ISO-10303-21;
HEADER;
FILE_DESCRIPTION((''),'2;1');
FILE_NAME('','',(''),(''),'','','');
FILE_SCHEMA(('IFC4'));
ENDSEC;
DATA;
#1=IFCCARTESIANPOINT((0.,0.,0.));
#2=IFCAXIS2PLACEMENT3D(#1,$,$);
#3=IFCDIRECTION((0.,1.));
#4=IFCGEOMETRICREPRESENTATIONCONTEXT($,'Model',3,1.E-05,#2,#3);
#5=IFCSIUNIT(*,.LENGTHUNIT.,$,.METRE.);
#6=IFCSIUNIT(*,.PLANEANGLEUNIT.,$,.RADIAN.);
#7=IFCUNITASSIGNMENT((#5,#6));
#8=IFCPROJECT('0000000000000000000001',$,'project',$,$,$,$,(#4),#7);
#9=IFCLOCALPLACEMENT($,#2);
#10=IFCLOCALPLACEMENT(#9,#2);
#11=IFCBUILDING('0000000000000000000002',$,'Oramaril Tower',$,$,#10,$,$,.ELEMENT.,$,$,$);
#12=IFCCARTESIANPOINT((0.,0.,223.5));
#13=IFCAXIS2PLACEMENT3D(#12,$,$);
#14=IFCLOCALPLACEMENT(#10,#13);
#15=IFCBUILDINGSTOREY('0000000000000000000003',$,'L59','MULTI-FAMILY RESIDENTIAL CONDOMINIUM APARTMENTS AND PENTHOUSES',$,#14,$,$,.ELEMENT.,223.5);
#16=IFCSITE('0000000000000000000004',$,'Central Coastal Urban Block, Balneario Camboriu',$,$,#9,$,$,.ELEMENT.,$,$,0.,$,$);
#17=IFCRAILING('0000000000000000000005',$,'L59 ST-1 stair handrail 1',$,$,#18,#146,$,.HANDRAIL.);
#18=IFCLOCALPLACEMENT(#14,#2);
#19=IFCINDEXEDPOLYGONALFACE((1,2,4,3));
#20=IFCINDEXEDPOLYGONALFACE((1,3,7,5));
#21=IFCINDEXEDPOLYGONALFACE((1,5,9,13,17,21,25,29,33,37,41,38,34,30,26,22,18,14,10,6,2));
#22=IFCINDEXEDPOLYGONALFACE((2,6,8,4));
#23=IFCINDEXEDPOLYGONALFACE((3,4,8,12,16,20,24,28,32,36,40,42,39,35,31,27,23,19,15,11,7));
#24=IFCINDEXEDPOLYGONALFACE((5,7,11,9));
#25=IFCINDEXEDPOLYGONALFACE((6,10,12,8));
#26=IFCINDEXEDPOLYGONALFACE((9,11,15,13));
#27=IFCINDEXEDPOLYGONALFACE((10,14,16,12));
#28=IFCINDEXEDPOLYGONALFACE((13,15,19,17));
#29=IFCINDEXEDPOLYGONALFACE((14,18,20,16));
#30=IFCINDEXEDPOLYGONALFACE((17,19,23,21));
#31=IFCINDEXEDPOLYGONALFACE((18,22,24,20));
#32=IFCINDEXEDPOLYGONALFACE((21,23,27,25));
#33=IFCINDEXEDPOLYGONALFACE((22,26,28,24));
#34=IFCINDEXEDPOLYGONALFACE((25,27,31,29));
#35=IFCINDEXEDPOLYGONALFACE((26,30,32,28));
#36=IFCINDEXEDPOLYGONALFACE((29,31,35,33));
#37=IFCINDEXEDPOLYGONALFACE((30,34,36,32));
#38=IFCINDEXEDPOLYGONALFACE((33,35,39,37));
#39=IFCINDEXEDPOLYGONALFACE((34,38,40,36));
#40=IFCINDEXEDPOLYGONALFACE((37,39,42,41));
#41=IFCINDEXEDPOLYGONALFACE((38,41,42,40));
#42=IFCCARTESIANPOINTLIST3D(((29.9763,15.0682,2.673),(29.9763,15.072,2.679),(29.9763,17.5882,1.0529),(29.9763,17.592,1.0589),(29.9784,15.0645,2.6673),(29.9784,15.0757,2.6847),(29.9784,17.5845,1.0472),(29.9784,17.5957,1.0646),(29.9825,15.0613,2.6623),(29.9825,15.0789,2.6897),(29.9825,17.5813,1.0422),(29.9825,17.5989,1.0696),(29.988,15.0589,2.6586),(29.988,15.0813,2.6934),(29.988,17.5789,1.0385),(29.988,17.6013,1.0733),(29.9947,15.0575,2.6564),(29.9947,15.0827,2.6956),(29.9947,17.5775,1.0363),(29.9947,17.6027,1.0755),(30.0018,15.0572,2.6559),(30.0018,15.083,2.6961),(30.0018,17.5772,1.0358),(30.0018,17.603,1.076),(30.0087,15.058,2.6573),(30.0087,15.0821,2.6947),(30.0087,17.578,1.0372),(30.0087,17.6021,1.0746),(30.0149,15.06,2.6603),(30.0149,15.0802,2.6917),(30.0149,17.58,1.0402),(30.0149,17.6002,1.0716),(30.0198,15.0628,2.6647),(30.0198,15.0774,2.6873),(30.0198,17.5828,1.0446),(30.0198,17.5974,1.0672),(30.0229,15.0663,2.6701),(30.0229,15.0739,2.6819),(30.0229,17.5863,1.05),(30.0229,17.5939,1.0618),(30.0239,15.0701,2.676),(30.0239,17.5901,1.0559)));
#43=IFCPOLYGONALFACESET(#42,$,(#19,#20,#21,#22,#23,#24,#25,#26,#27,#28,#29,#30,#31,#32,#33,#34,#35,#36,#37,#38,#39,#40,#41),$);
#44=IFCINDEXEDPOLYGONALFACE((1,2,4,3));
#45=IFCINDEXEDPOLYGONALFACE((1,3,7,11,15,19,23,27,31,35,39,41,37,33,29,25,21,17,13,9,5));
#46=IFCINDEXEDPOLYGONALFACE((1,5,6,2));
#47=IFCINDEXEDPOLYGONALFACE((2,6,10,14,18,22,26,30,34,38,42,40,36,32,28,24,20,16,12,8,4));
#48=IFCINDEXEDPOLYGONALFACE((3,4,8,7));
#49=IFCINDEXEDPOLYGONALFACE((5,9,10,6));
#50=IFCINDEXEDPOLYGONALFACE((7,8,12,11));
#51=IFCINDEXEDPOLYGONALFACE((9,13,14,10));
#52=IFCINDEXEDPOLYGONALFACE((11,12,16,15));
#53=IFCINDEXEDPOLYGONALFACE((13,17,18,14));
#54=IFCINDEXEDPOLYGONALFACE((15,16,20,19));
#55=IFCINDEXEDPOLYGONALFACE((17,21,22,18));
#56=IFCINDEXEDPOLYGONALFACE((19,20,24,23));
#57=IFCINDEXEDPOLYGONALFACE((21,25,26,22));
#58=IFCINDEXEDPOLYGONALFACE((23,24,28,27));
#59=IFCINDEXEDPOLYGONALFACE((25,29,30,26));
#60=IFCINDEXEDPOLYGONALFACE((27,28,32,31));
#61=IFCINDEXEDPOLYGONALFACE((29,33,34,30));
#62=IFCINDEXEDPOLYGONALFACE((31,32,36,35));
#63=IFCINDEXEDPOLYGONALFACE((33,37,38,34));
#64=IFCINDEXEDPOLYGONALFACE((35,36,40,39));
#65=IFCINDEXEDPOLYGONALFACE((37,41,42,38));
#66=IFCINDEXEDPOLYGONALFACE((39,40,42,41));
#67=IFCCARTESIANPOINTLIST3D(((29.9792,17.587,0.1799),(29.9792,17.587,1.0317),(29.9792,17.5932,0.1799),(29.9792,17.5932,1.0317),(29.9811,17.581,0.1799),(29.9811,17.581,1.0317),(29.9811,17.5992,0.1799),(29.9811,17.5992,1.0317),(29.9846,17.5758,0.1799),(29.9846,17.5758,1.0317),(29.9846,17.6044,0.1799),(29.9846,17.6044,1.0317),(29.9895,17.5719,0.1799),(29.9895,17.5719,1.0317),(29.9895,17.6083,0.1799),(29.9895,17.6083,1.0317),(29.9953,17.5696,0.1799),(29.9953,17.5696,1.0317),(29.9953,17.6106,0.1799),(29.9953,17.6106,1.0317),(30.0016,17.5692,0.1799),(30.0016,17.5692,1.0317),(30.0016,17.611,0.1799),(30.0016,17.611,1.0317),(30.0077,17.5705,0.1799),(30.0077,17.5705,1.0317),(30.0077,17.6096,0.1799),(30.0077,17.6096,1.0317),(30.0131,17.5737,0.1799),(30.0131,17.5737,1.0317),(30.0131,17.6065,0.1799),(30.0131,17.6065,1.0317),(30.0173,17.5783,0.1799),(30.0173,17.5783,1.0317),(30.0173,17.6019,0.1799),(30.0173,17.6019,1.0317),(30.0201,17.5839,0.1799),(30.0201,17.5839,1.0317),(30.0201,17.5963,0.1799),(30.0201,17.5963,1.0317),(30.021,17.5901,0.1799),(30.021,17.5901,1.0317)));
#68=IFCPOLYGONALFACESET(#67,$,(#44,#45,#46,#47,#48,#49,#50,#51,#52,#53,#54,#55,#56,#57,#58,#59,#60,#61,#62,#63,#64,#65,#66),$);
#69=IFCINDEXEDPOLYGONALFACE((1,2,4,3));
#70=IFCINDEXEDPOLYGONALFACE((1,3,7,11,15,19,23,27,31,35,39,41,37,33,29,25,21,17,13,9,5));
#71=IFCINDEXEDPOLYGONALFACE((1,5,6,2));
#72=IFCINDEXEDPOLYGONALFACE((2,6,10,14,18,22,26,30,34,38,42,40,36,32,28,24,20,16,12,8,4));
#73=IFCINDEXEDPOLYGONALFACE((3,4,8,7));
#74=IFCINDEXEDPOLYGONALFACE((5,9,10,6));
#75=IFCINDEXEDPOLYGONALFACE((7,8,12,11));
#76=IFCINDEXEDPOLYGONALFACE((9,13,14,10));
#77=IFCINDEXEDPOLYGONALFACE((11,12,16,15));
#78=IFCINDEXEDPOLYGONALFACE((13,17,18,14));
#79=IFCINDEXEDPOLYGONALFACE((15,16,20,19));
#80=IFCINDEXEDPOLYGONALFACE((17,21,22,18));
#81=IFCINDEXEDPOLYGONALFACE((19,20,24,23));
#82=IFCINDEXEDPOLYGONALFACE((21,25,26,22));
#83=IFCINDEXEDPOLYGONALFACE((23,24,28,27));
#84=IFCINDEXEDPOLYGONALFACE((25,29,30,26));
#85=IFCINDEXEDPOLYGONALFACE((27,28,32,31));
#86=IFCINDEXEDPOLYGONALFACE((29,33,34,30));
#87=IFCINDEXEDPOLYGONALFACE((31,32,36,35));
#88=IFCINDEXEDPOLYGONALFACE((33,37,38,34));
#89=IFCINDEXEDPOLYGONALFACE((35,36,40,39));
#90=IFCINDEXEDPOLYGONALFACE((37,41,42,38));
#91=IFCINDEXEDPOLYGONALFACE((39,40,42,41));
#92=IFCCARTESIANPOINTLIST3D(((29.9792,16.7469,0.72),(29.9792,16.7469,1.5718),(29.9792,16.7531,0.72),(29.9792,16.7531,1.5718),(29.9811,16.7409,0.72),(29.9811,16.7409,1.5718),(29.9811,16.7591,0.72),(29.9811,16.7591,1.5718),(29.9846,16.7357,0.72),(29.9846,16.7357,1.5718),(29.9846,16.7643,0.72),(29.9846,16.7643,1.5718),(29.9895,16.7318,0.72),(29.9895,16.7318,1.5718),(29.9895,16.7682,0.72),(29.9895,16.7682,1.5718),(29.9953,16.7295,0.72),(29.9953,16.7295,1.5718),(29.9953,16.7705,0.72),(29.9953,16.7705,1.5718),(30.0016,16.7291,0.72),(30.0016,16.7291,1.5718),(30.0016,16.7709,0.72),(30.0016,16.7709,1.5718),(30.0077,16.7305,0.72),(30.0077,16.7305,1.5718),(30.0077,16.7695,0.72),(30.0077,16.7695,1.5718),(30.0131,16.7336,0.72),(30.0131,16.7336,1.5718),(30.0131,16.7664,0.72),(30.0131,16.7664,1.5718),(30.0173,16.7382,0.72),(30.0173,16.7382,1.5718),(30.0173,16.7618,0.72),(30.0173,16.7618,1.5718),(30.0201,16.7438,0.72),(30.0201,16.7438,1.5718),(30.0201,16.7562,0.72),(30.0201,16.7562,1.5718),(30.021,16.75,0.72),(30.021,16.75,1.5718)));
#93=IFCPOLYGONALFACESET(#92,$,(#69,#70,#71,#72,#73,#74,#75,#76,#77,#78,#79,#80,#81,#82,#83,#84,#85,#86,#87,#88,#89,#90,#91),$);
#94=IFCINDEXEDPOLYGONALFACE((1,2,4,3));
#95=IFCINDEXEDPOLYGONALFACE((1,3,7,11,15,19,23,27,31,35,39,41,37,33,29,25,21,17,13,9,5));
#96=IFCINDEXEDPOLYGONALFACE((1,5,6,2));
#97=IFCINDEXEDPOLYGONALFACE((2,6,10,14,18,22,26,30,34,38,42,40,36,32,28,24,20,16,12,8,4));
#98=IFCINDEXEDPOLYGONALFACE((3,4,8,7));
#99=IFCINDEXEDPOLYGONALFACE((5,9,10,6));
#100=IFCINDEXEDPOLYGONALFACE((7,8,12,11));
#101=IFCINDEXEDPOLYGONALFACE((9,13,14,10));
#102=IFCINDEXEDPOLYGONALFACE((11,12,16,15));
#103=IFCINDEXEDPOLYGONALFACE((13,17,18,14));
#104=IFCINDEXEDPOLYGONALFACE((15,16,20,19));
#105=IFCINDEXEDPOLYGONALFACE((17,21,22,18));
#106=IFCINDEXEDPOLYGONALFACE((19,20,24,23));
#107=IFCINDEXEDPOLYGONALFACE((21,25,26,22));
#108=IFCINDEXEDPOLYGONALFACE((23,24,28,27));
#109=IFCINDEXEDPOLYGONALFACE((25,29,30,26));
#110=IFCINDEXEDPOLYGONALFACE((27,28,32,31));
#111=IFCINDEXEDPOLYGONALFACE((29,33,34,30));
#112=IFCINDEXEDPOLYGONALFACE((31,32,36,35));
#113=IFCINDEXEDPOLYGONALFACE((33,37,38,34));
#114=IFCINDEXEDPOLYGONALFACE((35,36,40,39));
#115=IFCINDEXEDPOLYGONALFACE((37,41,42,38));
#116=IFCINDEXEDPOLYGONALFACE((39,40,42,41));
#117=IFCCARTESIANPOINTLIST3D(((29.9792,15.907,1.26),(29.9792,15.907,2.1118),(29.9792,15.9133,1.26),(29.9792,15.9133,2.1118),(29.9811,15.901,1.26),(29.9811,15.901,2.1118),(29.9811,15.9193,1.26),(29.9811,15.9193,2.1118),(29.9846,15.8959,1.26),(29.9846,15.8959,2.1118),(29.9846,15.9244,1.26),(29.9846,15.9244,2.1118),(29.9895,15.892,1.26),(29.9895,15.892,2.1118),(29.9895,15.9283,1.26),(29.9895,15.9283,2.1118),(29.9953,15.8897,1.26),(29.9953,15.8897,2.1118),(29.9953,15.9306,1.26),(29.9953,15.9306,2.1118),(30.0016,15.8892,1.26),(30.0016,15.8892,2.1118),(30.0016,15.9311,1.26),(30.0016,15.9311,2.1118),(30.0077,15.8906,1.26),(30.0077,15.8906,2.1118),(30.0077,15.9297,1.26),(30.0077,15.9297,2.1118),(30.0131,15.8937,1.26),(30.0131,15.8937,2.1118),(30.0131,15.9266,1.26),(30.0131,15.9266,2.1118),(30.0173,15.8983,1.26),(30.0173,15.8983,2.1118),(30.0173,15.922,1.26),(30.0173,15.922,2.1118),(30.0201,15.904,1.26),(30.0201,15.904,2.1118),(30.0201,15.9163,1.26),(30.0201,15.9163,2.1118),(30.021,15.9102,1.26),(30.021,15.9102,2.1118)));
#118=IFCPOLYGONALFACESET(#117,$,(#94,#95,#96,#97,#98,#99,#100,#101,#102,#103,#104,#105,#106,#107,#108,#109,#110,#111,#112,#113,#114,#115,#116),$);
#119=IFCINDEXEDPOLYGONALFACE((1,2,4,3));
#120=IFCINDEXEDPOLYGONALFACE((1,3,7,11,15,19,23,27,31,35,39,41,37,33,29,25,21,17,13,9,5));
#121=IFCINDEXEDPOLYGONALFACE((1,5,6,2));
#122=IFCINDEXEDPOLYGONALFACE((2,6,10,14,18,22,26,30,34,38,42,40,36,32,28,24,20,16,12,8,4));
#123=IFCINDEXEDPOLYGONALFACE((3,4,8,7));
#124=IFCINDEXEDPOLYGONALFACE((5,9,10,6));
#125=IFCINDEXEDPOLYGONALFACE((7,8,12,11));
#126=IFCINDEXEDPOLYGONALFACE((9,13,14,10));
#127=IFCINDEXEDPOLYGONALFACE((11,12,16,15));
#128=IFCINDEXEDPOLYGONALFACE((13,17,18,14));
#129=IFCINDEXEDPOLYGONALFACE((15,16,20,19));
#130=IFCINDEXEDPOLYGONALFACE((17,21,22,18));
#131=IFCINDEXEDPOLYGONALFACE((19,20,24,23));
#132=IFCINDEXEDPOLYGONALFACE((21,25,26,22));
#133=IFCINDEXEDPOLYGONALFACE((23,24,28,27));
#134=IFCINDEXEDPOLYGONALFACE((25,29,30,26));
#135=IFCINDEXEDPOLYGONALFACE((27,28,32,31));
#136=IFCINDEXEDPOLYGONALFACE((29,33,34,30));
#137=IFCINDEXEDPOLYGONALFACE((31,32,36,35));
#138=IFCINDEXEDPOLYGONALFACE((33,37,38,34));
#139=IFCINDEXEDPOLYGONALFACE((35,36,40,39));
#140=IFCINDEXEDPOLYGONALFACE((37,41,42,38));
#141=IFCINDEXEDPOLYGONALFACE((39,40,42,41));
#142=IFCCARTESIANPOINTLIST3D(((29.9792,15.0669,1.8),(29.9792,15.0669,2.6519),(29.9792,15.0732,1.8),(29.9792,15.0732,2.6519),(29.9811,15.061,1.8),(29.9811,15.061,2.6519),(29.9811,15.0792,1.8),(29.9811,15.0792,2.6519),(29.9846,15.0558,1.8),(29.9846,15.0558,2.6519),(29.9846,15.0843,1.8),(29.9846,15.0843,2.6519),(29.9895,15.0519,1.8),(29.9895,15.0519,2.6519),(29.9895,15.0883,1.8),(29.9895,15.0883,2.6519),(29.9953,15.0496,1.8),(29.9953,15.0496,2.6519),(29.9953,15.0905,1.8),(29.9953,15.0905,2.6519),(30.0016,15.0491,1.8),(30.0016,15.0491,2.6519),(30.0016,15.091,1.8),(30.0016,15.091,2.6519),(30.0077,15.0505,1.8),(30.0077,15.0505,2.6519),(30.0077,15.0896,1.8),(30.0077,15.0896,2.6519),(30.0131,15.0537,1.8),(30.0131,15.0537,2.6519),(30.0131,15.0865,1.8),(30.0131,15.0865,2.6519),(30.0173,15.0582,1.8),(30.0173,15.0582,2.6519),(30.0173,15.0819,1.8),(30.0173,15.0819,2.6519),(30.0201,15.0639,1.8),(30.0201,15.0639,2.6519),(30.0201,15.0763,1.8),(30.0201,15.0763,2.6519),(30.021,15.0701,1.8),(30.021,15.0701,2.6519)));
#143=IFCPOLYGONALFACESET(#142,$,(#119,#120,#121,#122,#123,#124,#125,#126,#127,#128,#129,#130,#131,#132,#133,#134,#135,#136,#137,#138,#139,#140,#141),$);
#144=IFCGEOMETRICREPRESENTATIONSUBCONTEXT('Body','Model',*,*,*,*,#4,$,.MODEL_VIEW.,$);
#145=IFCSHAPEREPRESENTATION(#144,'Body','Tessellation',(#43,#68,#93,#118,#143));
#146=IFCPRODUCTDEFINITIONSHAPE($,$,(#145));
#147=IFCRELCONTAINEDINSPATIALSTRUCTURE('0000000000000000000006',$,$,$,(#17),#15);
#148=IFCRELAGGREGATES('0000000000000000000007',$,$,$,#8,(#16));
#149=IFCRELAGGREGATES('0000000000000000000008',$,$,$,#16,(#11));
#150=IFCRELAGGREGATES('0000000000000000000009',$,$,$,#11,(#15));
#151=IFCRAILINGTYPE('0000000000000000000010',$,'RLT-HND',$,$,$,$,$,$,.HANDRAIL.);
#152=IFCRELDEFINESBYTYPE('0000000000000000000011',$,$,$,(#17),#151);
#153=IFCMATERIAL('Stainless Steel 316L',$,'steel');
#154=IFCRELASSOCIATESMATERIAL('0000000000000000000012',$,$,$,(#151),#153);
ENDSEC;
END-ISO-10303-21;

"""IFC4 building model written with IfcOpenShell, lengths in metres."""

from ifc_helpers import new_model, si_unit, direction, frame, origin, origin_2d, place, context, subcontext, project, spatial, circle, extrude, material, type_object, element, save


model = new_model("IFC4")

# Units and contexts
model_context = context("Model", 3, precision=1e-05, world=origin(), true_north=direction((0.0, 1.0)))
body_context = subcontext(model_context, "Body", "Model", "MODEL_VIEW")
ifc_project = project(units=[si_unit("LENGTHUNIT", "METRE"), si_unit("PLANEANGLEUNIT", "RADIAN")], contexts=[model_context])

# Site, building, storey
site_placement = place(None, origin())
site = spatial("IfcSite", under=ifc_project, at=site_placement, Name="Central Coastal Urban Block, Balneario Camboriu", CompositionType="ELEMENT", RefElevation=0.0)
building_placement = place(site_placement, origin())
building = spatial("IfcBuilding", under=site, at=building_placement, Name="Oramaril Tower", CompositionType="ELEMENT")
storey_placement = place(building_placement, frame((0.0, 0.0, 223.5)))
storey = spatial("IfcBuildingStorey", under=building, at=storey_placement, Name="L59", Description="MULTI-FAMILY RESIDENTIAL CONDOMINIUM APARTMENTS AND PENTHOUSES", CompositionType="ELEMENT", Elevation=223.5)

# Railing
ifc_material_1 = material(Name="Stainless Steel 316L", Category="steel")
railing_type_1 = type_object("IfcRailingType", Name="RLT-HND", PredefinedType="HANDRAIL", material=ifc_material_1)
railing_1_placement = place(storey_placement, frame((30.0, 17.5901, 0.1799)))
element("IfcRailing", 1, at=railing_1_placement, inside=storey, type_object=railing_type_1, Name="L59 ST-1 stair handrail 1", PredefinedType="HANDRAIL", context=body_context, shape_type="SweptSolid", body=[
    extrude(circle(Radius=0.0239, at=origin_2d()), frame((0.0, 0.0, 0.876), z_axis=(0.0, -0.841163, 0.540782), x_axis=(1.0, 0.0, 0.0)), (0.0, 0.0, 1.0), 2.9958),
    extrude(circle(Radius=0.021, at=origin_2d()), origin(), (0.0, 0.0, 1.0), 0.8518),
    extrude(circle(Radius=0.021, at=origin_2d()), frame((0.0, -0.8401, 0.54)), (0.0, 0.0, 1.0), 0.8518),
    extrude(circle(Radius=0.021, at=origin_2d()), frame((0.0, -1.6799, 1.0801)), (0.0, 0.0, 1.0), 0.8518),
    extrude(circle(Radius=0.021, at=origin_2d()), frame((0.0, -2.52, 1.6201)), (0.0, 0.0, 1.0), 0.8518),
])

save(model, "model.ifc")
